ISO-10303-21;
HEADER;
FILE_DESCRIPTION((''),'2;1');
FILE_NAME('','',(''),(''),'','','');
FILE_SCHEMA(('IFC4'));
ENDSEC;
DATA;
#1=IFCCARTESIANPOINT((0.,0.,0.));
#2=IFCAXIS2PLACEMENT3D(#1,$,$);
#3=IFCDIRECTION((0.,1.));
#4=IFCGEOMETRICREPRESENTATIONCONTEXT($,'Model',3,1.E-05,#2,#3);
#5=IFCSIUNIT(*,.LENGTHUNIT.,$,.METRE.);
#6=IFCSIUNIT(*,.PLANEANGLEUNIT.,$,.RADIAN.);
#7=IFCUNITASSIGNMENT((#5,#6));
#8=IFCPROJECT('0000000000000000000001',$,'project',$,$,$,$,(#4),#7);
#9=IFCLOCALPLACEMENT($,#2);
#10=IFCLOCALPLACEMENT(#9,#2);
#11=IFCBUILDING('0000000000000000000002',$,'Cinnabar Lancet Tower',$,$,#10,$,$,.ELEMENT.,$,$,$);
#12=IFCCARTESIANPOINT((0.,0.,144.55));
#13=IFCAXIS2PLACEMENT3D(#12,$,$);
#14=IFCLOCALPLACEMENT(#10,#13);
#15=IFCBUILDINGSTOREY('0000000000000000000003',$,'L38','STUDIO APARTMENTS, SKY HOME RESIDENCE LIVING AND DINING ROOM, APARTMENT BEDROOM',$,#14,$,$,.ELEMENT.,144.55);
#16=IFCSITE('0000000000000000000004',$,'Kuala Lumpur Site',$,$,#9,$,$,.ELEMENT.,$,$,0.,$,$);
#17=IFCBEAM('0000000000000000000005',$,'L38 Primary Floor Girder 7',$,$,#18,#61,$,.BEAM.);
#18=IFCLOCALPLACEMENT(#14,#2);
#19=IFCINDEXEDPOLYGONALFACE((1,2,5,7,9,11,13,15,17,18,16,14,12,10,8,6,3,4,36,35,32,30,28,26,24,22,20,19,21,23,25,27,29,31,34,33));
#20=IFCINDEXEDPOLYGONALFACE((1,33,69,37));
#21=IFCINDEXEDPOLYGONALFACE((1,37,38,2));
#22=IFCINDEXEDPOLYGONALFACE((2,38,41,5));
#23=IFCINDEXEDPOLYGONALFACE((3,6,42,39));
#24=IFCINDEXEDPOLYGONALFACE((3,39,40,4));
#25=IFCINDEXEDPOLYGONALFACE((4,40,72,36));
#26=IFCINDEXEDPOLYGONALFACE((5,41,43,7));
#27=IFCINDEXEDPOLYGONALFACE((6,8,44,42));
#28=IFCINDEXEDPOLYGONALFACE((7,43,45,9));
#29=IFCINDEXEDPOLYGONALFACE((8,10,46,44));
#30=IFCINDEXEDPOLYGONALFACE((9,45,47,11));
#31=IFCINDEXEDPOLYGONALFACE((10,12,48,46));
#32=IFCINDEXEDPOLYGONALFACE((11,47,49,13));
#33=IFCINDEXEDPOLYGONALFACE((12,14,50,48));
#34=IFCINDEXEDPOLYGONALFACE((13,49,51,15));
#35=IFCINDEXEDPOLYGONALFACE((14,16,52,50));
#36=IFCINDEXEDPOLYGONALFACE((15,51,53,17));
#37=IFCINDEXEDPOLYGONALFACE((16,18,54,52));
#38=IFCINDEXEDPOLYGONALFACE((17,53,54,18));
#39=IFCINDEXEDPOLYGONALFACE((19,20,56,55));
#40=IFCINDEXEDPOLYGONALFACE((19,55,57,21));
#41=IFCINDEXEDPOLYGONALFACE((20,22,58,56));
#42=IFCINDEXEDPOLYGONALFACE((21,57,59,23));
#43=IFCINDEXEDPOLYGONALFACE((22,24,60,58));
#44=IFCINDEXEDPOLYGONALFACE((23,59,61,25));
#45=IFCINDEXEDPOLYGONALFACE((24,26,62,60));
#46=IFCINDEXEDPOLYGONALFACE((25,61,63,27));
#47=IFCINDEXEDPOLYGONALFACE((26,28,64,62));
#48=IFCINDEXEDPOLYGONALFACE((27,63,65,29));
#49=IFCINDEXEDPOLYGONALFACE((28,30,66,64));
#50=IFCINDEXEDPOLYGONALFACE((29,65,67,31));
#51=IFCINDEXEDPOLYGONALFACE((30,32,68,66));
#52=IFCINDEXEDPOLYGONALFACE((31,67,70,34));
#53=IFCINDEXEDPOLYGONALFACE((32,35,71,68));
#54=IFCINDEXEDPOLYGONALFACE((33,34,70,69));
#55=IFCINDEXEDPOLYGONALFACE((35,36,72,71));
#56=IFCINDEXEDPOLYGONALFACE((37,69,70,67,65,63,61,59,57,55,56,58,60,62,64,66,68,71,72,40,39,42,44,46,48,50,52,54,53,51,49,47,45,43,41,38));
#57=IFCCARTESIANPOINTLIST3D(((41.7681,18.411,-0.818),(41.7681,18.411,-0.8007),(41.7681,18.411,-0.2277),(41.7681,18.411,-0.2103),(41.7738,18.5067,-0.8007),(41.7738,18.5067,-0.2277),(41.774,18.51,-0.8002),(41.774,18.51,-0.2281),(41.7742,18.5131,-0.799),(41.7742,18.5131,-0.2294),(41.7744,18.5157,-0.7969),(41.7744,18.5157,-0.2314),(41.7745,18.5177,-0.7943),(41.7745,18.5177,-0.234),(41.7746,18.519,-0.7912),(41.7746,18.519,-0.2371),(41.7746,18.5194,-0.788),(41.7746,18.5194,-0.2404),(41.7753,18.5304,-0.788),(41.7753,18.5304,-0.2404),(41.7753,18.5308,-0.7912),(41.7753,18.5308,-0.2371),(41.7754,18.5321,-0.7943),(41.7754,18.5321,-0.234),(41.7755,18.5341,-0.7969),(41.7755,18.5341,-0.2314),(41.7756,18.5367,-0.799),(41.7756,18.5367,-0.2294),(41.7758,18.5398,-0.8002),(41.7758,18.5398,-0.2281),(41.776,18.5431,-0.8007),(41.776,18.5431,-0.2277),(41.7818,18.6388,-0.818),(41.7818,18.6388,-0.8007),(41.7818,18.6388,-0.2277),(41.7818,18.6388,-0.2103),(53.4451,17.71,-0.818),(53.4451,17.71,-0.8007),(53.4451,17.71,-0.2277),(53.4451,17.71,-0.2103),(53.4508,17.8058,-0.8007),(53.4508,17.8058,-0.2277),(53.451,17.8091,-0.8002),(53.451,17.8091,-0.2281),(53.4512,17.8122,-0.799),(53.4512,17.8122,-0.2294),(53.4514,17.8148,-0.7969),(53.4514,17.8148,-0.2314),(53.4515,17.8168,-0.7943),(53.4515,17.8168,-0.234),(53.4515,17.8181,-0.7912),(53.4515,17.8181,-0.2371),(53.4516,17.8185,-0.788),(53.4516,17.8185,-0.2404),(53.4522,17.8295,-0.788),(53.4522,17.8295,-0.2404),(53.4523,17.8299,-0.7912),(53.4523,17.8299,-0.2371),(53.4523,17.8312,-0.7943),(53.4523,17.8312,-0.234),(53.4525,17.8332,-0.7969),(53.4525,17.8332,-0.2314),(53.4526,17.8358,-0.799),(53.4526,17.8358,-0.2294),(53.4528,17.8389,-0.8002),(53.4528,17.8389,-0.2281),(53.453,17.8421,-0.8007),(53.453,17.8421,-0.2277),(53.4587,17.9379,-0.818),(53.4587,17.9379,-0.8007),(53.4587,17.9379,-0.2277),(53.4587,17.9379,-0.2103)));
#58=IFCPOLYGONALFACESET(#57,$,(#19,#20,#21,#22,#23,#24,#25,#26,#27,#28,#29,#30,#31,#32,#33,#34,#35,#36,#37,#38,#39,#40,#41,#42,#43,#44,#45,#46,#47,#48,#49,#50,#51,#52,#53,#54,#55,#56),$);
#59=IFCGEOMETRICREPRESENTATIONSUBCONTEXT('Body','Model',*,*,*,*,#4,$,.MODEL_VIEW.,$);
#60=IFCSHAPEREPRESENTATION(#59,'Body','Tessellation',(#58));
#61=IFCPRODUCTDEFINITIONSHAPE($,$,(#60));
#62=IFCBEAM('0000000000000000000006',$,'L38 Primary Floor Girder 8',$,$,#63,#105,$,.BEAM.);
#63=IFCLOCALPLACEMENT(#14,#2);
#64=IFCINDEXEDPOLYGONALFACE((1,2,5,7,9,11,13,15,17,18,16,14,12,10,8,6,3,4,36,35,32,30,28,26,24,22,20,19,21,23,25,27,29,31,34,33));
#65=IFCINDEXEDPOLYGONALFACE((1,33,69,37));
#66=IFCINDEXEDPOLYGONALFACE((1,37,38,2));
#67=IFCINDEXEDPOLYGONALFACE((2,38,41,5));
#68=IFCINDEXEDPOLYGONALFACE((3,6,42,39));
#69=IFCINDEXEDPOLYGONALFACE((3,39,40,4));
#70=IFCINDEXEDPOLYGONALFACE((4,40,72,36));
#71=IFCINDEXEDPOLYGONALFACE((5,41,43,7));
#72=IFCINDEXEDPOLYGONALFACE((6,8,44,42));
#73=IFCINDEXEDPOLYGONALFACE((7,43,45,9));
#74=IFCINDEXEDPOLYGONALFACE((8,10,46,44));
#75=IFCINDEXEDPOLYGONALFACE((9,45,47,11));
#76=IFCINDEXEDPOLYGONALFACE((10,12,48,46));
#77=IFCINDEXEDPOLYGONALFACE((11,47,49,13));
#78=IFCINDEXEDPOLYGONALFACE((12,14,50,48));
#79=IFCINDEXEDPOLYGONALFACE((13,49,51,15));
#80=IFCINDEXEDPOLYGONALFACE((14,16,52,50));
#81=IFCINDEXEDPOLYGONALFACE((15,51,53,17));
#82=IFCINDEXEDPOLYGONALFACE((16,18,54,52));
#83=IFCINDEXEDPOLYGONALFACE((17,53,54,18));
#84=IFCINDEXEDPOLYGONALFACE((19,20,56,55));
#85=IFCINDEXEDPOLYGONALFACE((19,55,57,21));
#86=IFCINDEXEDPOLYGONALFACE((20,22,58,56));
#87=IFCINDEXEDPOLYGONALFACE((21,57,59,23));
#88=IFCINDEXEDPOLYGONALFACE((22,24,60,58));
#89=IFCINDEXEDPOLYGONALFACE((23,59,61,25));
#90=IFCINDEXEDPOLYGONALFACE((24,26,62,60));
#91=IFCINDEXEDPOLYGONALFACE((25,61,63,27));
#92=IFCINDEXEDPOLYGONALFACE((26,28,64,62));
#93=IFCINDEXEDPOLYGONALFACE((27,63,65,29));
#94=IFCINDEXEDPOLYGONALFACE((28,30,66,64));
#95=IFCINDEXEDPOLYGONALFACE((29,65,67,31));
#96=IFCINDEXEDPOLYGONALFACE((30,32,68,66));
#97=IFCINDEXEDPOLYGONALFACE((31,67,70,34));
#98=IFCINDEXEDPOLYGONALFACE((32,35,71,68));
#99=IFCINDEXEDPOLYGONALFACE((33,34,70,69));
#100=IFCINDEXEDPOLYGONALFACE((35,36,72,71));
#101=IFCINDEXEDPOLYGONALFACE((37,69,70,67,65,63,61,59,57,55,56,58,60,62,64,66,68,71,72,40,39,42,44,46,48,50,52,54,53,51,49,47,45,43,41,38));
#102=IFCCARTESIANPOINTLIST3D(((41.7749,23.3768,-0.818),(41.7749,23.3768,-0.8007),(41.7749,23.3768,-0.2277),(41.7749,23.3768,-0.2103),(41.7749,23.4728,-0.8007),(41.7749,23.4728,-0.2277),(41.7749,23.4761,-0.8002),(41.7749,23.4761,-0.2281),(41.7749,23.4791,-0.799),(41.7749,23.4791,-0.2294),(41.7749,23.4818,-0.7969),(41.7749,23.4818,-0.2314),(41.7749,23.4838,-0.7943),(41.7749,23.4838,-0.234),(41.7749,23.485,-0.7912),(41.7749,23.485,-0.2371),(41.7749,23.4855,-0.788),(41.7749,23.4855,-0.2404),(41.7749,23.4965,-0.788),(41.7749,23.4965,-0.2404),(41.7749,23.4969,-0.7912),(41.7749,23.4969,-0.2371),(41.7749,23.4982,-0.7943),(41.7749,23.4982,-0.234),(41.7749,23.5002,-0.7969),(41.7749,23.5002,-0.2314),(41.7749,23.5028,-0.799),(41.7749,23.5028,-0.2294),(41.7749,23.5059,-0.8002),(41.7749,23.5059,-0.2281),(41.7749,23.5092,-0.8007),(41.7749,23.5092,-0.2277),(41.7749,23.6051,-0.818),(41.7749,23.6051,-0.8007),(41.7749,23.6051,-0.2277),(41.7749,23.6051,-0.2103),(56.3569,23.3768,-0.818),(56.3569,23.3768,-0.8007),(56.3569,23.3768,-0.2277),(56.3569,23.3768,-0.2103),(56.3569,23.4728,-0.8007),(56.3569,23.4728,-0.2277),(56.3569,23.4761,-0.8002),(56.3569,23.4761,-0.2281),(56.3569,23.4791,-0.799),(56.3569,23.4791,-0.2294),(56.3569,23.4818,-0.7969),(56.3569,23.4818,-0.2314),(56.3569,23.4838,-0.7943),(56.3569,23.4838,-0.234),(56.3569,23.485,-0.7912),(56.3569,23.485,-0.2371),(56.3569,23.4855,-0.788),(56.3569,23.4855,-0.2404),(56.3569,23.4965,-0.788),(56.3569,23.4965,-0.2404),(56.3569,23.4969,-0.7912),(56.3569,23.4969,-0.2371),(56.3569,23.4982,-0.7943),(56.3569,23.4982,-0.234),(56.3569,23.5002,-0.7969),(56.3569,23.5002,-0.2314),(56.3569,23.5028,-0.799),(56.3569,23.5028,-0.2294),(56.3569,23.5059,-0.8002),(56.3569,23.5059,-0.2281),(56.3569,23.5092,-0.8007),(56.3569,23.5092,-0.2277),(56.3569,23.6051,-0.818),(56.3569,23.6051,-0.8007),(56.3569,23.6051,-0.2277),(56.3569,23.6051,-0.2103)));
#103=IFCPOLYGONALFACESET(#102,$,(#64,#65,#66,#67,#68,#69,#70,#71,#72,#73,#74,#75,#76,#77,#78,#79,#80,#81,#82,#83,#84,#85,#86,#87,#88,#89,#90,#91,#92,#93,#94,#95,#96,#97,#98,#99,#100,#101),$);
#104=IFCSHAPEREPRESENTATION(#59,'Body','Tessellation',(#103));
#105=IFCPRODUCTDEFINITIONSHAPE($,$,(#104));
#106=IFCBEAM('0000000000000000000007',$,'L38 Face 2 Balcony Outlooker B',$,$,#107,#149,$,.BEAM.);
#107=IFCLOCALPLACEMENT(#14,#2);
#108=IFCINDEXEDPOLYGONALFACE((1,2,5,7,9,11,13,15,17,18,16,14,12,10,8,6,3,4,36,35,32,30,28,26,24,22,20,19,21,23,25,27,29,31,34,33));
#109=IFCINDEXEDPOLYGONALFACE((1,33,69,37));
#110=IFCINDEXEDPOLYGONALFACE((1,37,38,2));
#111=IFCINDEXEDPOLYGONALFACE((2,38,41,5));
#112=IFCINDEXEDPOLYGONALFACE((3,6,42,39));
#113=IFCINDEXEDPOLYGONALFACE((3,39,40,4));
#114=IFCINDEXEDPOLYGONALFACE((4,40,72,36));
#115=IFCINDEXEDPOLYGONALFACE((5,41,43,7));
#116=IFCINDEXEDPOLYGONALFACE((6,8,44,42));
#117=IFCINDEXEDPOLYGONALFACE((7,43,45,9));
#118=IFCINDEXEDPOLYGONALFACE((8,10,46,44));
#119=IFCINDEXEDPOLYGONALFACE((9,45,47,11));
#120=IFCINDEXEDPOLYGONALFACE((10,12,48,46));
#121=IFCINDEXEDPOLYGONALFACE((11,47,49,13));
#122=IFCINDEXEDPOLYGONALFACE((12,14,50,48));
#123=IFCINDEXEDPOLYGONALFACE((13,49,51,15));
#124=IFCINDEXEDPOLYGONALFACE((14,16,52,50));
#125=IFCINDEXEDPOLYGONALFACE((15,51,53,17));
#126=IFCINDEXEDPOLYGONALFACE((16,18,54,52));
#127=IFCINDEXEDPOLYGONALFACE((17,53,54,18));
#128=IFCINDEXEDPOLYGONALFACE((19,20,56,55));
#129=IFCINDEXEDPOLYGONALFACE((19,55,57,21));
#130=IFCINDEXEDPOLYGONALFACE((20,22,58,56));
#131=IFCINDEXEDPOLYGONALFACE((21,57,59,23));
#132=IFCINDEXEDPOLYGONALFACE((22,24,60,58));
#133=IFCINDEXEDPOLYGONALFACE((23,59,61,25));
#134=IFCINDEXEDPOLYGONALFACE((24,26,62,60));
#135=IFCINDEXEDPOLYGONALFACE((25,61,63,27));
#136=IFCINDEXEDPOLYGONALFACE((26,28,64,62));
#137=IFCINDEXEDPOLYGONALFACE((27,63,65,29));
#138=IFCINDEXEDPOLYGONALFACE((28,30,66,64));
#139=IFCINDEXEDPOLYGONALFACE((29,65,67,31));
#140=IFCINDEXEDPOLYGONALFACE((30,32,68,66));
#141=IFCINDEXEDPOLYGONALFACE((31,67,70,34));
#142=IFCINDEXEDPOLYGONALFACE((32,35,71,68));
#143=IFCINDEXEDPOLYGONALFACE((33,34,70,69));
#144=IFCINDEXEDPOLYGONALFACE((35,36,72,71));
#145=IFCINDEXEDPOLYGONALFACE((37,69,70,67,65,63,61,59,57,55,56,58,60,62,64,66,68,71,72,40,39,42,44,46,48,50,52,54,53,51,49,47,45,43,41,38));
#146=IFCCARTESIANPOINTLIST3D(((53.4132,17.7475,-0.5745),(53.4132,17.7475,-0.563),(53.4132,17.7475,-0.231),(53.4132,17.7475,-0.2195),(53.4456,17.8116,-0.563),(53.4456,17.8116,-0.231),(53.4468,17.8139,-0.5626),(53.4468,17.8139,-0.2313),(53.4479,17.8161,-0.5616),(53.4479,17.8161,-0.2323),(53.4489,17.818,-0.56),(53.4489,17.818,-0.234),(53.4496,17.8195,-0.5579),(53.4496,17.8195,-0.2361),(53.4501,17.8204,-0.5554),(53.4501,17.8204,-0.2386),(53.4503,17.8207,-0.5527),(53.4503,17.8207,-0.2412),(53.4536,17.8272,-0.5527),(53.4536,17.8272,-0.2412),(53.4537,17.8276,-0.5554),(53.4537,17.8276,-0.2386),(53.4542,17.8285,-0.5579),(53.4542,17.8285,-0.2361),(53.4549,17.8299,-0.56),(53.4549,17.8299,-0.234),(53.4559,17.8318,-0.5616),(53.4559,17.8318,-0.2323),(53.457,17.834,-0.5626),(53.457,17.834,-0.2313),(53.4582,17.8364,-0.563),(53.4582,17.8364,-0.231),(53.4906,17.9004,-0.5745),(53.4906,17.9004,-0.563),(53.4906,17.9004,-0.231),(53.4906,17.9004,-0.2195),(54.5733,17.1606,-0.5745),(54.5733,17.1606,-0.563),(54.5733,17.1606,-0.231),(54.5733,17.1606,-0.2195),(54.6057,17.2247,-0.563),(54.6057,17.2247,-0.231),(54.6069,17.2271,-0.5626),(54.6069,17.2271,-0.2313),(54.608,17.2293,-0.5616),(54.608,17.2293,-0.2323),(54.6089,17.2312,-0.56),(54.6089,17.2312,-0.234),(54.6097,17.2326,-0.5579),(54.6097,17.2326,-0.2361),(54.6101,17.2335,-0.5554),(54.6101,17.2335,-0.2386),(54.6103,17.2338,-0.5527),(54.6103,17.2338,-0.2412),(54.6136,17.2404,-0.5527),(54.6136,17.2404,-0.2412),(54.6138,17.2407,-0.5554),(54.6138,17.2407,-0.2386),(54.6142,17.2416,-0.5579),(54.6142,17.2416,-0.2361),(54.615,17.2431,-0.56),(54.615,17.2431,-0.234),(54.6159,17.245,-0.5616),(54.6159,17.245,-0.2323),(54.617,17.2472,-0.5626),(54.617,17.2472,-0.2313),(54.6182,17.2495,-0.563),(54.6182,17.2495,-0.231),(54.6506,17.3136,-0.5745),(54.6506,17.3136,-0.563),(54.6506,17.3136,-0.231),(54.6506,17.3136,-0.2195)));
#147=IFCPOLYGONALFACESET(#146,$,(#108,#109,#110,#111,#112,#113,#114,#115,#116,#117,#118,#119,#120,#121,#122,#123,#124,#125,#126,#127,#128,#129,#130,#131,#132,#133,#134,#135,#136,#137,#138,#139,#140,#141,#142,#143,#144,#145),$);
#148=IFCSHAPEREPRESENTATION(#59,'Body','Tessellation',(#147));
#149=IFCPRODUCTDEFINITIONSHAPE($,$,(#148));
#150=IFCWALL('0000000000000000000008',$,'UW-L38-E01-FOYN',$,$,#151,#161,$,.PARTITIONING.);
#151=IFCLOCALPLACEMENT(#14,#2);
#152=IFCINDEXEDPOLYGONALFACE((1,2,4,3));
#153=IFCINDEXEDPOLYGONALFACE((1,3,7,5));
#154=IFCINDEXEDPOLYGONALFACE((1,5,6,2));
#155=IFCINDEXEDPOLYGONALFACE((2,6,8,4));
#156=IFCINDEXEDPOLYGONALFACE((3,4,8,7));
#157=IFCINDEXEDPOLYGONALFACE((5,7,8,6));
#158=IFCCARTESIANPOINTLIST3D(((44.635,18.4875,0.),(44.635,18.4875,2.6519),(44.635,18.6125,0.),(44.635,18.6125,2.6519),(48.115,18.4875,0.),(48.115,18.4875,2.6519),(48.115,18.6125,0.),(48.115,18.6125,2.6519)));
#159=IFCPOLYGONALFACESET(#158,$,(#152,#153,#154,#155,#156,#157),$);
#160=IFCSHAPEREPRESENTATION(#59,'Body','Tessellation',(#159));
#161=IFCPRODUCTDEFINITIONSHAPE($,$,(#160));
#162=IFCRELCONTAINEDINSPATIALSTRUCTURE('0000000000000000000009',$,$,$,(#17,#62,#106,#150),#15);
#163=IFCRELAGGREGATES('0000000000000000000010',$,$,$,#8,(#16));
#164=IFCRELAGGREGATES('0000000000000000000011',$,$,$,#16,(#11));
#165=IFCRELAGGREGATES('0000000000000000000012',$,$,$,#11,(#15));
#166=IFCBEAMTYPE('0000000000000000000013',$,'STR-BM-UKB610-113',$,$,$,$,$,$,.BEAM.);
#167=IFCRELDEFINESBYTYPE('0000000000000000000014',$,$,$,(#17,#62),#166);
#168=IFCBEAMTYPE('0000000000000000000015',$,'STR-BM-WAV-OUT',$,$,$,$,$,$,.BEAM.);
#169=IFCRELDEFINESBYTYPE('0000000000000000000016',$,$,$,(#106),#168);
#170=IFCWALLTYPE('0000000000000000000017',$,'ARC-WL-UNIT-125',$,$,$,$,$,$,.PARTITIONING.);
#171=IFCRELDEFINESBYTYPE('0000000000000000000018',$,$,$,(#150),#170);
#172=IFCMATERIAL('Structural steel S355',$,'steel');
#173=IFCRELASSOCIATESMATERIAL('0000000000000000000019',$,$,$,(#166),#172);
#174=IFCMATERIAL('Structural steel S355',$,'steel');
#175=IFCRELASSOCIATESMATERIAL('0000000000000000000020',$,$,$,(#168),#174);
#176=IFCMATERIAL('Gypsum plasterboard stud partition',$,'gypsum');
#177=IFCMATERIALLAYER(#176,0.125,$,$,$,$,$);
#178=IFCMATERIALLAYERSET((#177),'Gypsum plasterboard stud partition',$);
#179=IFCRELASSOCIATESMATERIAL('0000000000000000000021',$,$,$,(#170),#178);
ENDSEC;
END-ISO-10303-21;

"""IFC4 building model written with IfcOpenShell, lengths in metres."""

from ifc_helpers import new_model, si_unit, direction, frame, frame_2d, origin, origin_2d, place, context, subcontext, project, spatial, rectangle, i_section, extrude, material, layer, layer_set, material_profile, profile_set, type_object, element, save


model = new_model("IFC4")

# Units and contexts
model_context = context("Model", 3, precision=1e-05, world=origin(), true_north=direction((0.0, 1.0)))
body_context = subcontext(model_context, "Body", "Model", "MODEL_VIEW")
ifc_project = project(units=[si_unit("LENGTHUNIT", "METRE"), si_unit("PLANEANGLEUNIT", "RADIAN")], contexts=[model_context])

# Site, building, storey
site_placement = place(None, origin())
site = spatial("IfcSite", under=ifc_project, at=site_placement, Name="Kuala Lumpur Site", CompositionType="ELEMENT", RefElevation=0.0)
building_placement = place(site_placement, origin())
building = spatial("IfcBuilding", under=site, at=building_placement, Name="Cinnabar Lancet Tower", CompositionType="ELEMENT")
storey_placement = place(building_placement, frame((0.0, 0.0, 144.55)))
storey = spatial("IfcBuildingStorey", under=building, at=storey_placement, Name="L38", Description="STUDIO APARTMENTS, SKY HOME RESIDENCE LIVING AND DINING ROOM, APARTMENT BEDROOM", CompositionType="ELEMENT", Elevation=144.55)

# Beams
ifc_material_1 = material(Name="Structural steel S355", Category="steel")
ifc_material_profile_1 = material_profile(ifc_material_1, i_section(OverallWidth=0.2283, OverallDepth=0.6077, WebThickness=0.011, FlangeThickness=0.0173, FilletRadius=0.0127, at=origin_2d()), Name="UKB 610x229x113")
ifc_profile_set_1 = profile_set([ifc_material_profile_1], Name="Structural steel S355")
beam_type_1 = type_object("IfcBeamType", Name="STR-BM-UKB610-113", PredefinedType="BEAM", material=ifc_profile_set_1)
beam_1_placement = place(storey_placement, frame((53.4519, 17.824, -0.5142), z_axis=(-0.998203, 0.059918, 0.0), x_axis=(-0.059918, -0.998203, 0.0)))
element("IfcBeam", 1, at=beam_1_placement, inside=storey, type_object=beam_type_1, Name="L38 Primary Floor Girder 7", PredefinedType="BEAM", context=body_context, shape_type="SweptSolid", body=[
    extrude(i_section(OverallWidth=0.2283, OverallDepth=0.6077, WebThickness=0.011, FlangeThickness=0.0173, FilletRadius=0.0127, at=origin_2d()), origin(), (0.0, 0.0, 1.0), 11.698),
])
beam_2_placement = place(storey_placement, frame((56.3569, 23.491, -0.5142), z_axis=(-1.0, 0.0, 0.0), x_axis=(0.0, -1.0, 0.0)))
element("IfcBeam", 2, at=beam_2_placement, inside=storey, type_object=beam_type_1, Name="L38 Primary Floor Girder 8", PredefinedType="BEAM", context=body_context, shape_type="SweptSolid", body=[
    extrude(i_section(OverallWidth=0.2283, OverallDepth=0.6077, WebThickness=0.011, FlangeThickness=0.0173, FilletRadius=0.0127, at=origin_2d()), origin(), (0.0, 0.0, 1.0), 14.582),
])
ifc_material_2 = material(Name="Structural steel S355", Category="steel")
ifc_material_profile_2 = material_profile(ifc_material_2, i_section(OverallWidth=0.1714, OverallDepth=0.355, WebThickness=0.0073, FlangeThickness=0.0115, FilletRadius=0.0103, at=origin_2d()), Name="UKB 356x171x51")
ifc_profile_set_2 = profile_set([ifc_material_profile_2], Name="Structural steel S355")
beam_type_2 = type_object("IfcBeamType", Name="STR-BM-WAV-OUT", PredefinedType="BEAM", material=ifc_profile_set_2)
beam_3_placement = place(storey_placement, frame((53.4519, 17.824, -0.397), z_axis=(0.892314, -0.451415, 0.0), x_axis=(0.451415, 0.892314, 0.0)))
element("IfcBeam", 3, at=beam_3_placement, inside=storey, type_object=beam_type_2, Name="L38 Face 2 Balcony Outlooker B", PredefinedType="BEAM", context=body_context, shape_type="SweptSolid", body=[
    extrude(i_section(OverallWidth=0.1714, OverallDepth=0.355, WebThickness=0.0073, FlangeThickness=0.0115, FilletRadius=0.0103, at=origin_2d()), origin(), (0.0, 0.0, 1.0), 1.3),
])

# Wall
ifc_material_3 = material(Name="Gypsum plasterboard stud partition", Category="gypsum")
ifc_layer_1 = layer(ifc_material_3, 0.125)
ifc_layer_set_1 = layer_set([ifc_layer_1], Name="Gypsum plasterboard stud partition")
wall_type_1 = type_object("IfcWallType", Name="ARC-WL-UNIT-125", PredefinedType="PARTITIONING", material=ifc_layer_set_1)
wall_1_placement = place(storey_placement, frame((44.635, 18.55, 0.0), z_axis=(0.0, 0.0, 1.0), x_axis=(1.0, 0.0, 0.0)))
element("IfcWall", 4, at=wall_1_placement, inside=storey, type_object=wall_type_1, Name="UW-L38-E01-FOYN", PredefinedType="PARTITIONING", context=body_context, shape_type="SweptSolid", body=[
    extrude(rectangle(XDim=3.48, YDim=0.125, at=frame_2d((1.74, 0.0))), origin(), (0.0, 0.0, 1.0), 2.6519),
])

save(model, "model.ifc")
